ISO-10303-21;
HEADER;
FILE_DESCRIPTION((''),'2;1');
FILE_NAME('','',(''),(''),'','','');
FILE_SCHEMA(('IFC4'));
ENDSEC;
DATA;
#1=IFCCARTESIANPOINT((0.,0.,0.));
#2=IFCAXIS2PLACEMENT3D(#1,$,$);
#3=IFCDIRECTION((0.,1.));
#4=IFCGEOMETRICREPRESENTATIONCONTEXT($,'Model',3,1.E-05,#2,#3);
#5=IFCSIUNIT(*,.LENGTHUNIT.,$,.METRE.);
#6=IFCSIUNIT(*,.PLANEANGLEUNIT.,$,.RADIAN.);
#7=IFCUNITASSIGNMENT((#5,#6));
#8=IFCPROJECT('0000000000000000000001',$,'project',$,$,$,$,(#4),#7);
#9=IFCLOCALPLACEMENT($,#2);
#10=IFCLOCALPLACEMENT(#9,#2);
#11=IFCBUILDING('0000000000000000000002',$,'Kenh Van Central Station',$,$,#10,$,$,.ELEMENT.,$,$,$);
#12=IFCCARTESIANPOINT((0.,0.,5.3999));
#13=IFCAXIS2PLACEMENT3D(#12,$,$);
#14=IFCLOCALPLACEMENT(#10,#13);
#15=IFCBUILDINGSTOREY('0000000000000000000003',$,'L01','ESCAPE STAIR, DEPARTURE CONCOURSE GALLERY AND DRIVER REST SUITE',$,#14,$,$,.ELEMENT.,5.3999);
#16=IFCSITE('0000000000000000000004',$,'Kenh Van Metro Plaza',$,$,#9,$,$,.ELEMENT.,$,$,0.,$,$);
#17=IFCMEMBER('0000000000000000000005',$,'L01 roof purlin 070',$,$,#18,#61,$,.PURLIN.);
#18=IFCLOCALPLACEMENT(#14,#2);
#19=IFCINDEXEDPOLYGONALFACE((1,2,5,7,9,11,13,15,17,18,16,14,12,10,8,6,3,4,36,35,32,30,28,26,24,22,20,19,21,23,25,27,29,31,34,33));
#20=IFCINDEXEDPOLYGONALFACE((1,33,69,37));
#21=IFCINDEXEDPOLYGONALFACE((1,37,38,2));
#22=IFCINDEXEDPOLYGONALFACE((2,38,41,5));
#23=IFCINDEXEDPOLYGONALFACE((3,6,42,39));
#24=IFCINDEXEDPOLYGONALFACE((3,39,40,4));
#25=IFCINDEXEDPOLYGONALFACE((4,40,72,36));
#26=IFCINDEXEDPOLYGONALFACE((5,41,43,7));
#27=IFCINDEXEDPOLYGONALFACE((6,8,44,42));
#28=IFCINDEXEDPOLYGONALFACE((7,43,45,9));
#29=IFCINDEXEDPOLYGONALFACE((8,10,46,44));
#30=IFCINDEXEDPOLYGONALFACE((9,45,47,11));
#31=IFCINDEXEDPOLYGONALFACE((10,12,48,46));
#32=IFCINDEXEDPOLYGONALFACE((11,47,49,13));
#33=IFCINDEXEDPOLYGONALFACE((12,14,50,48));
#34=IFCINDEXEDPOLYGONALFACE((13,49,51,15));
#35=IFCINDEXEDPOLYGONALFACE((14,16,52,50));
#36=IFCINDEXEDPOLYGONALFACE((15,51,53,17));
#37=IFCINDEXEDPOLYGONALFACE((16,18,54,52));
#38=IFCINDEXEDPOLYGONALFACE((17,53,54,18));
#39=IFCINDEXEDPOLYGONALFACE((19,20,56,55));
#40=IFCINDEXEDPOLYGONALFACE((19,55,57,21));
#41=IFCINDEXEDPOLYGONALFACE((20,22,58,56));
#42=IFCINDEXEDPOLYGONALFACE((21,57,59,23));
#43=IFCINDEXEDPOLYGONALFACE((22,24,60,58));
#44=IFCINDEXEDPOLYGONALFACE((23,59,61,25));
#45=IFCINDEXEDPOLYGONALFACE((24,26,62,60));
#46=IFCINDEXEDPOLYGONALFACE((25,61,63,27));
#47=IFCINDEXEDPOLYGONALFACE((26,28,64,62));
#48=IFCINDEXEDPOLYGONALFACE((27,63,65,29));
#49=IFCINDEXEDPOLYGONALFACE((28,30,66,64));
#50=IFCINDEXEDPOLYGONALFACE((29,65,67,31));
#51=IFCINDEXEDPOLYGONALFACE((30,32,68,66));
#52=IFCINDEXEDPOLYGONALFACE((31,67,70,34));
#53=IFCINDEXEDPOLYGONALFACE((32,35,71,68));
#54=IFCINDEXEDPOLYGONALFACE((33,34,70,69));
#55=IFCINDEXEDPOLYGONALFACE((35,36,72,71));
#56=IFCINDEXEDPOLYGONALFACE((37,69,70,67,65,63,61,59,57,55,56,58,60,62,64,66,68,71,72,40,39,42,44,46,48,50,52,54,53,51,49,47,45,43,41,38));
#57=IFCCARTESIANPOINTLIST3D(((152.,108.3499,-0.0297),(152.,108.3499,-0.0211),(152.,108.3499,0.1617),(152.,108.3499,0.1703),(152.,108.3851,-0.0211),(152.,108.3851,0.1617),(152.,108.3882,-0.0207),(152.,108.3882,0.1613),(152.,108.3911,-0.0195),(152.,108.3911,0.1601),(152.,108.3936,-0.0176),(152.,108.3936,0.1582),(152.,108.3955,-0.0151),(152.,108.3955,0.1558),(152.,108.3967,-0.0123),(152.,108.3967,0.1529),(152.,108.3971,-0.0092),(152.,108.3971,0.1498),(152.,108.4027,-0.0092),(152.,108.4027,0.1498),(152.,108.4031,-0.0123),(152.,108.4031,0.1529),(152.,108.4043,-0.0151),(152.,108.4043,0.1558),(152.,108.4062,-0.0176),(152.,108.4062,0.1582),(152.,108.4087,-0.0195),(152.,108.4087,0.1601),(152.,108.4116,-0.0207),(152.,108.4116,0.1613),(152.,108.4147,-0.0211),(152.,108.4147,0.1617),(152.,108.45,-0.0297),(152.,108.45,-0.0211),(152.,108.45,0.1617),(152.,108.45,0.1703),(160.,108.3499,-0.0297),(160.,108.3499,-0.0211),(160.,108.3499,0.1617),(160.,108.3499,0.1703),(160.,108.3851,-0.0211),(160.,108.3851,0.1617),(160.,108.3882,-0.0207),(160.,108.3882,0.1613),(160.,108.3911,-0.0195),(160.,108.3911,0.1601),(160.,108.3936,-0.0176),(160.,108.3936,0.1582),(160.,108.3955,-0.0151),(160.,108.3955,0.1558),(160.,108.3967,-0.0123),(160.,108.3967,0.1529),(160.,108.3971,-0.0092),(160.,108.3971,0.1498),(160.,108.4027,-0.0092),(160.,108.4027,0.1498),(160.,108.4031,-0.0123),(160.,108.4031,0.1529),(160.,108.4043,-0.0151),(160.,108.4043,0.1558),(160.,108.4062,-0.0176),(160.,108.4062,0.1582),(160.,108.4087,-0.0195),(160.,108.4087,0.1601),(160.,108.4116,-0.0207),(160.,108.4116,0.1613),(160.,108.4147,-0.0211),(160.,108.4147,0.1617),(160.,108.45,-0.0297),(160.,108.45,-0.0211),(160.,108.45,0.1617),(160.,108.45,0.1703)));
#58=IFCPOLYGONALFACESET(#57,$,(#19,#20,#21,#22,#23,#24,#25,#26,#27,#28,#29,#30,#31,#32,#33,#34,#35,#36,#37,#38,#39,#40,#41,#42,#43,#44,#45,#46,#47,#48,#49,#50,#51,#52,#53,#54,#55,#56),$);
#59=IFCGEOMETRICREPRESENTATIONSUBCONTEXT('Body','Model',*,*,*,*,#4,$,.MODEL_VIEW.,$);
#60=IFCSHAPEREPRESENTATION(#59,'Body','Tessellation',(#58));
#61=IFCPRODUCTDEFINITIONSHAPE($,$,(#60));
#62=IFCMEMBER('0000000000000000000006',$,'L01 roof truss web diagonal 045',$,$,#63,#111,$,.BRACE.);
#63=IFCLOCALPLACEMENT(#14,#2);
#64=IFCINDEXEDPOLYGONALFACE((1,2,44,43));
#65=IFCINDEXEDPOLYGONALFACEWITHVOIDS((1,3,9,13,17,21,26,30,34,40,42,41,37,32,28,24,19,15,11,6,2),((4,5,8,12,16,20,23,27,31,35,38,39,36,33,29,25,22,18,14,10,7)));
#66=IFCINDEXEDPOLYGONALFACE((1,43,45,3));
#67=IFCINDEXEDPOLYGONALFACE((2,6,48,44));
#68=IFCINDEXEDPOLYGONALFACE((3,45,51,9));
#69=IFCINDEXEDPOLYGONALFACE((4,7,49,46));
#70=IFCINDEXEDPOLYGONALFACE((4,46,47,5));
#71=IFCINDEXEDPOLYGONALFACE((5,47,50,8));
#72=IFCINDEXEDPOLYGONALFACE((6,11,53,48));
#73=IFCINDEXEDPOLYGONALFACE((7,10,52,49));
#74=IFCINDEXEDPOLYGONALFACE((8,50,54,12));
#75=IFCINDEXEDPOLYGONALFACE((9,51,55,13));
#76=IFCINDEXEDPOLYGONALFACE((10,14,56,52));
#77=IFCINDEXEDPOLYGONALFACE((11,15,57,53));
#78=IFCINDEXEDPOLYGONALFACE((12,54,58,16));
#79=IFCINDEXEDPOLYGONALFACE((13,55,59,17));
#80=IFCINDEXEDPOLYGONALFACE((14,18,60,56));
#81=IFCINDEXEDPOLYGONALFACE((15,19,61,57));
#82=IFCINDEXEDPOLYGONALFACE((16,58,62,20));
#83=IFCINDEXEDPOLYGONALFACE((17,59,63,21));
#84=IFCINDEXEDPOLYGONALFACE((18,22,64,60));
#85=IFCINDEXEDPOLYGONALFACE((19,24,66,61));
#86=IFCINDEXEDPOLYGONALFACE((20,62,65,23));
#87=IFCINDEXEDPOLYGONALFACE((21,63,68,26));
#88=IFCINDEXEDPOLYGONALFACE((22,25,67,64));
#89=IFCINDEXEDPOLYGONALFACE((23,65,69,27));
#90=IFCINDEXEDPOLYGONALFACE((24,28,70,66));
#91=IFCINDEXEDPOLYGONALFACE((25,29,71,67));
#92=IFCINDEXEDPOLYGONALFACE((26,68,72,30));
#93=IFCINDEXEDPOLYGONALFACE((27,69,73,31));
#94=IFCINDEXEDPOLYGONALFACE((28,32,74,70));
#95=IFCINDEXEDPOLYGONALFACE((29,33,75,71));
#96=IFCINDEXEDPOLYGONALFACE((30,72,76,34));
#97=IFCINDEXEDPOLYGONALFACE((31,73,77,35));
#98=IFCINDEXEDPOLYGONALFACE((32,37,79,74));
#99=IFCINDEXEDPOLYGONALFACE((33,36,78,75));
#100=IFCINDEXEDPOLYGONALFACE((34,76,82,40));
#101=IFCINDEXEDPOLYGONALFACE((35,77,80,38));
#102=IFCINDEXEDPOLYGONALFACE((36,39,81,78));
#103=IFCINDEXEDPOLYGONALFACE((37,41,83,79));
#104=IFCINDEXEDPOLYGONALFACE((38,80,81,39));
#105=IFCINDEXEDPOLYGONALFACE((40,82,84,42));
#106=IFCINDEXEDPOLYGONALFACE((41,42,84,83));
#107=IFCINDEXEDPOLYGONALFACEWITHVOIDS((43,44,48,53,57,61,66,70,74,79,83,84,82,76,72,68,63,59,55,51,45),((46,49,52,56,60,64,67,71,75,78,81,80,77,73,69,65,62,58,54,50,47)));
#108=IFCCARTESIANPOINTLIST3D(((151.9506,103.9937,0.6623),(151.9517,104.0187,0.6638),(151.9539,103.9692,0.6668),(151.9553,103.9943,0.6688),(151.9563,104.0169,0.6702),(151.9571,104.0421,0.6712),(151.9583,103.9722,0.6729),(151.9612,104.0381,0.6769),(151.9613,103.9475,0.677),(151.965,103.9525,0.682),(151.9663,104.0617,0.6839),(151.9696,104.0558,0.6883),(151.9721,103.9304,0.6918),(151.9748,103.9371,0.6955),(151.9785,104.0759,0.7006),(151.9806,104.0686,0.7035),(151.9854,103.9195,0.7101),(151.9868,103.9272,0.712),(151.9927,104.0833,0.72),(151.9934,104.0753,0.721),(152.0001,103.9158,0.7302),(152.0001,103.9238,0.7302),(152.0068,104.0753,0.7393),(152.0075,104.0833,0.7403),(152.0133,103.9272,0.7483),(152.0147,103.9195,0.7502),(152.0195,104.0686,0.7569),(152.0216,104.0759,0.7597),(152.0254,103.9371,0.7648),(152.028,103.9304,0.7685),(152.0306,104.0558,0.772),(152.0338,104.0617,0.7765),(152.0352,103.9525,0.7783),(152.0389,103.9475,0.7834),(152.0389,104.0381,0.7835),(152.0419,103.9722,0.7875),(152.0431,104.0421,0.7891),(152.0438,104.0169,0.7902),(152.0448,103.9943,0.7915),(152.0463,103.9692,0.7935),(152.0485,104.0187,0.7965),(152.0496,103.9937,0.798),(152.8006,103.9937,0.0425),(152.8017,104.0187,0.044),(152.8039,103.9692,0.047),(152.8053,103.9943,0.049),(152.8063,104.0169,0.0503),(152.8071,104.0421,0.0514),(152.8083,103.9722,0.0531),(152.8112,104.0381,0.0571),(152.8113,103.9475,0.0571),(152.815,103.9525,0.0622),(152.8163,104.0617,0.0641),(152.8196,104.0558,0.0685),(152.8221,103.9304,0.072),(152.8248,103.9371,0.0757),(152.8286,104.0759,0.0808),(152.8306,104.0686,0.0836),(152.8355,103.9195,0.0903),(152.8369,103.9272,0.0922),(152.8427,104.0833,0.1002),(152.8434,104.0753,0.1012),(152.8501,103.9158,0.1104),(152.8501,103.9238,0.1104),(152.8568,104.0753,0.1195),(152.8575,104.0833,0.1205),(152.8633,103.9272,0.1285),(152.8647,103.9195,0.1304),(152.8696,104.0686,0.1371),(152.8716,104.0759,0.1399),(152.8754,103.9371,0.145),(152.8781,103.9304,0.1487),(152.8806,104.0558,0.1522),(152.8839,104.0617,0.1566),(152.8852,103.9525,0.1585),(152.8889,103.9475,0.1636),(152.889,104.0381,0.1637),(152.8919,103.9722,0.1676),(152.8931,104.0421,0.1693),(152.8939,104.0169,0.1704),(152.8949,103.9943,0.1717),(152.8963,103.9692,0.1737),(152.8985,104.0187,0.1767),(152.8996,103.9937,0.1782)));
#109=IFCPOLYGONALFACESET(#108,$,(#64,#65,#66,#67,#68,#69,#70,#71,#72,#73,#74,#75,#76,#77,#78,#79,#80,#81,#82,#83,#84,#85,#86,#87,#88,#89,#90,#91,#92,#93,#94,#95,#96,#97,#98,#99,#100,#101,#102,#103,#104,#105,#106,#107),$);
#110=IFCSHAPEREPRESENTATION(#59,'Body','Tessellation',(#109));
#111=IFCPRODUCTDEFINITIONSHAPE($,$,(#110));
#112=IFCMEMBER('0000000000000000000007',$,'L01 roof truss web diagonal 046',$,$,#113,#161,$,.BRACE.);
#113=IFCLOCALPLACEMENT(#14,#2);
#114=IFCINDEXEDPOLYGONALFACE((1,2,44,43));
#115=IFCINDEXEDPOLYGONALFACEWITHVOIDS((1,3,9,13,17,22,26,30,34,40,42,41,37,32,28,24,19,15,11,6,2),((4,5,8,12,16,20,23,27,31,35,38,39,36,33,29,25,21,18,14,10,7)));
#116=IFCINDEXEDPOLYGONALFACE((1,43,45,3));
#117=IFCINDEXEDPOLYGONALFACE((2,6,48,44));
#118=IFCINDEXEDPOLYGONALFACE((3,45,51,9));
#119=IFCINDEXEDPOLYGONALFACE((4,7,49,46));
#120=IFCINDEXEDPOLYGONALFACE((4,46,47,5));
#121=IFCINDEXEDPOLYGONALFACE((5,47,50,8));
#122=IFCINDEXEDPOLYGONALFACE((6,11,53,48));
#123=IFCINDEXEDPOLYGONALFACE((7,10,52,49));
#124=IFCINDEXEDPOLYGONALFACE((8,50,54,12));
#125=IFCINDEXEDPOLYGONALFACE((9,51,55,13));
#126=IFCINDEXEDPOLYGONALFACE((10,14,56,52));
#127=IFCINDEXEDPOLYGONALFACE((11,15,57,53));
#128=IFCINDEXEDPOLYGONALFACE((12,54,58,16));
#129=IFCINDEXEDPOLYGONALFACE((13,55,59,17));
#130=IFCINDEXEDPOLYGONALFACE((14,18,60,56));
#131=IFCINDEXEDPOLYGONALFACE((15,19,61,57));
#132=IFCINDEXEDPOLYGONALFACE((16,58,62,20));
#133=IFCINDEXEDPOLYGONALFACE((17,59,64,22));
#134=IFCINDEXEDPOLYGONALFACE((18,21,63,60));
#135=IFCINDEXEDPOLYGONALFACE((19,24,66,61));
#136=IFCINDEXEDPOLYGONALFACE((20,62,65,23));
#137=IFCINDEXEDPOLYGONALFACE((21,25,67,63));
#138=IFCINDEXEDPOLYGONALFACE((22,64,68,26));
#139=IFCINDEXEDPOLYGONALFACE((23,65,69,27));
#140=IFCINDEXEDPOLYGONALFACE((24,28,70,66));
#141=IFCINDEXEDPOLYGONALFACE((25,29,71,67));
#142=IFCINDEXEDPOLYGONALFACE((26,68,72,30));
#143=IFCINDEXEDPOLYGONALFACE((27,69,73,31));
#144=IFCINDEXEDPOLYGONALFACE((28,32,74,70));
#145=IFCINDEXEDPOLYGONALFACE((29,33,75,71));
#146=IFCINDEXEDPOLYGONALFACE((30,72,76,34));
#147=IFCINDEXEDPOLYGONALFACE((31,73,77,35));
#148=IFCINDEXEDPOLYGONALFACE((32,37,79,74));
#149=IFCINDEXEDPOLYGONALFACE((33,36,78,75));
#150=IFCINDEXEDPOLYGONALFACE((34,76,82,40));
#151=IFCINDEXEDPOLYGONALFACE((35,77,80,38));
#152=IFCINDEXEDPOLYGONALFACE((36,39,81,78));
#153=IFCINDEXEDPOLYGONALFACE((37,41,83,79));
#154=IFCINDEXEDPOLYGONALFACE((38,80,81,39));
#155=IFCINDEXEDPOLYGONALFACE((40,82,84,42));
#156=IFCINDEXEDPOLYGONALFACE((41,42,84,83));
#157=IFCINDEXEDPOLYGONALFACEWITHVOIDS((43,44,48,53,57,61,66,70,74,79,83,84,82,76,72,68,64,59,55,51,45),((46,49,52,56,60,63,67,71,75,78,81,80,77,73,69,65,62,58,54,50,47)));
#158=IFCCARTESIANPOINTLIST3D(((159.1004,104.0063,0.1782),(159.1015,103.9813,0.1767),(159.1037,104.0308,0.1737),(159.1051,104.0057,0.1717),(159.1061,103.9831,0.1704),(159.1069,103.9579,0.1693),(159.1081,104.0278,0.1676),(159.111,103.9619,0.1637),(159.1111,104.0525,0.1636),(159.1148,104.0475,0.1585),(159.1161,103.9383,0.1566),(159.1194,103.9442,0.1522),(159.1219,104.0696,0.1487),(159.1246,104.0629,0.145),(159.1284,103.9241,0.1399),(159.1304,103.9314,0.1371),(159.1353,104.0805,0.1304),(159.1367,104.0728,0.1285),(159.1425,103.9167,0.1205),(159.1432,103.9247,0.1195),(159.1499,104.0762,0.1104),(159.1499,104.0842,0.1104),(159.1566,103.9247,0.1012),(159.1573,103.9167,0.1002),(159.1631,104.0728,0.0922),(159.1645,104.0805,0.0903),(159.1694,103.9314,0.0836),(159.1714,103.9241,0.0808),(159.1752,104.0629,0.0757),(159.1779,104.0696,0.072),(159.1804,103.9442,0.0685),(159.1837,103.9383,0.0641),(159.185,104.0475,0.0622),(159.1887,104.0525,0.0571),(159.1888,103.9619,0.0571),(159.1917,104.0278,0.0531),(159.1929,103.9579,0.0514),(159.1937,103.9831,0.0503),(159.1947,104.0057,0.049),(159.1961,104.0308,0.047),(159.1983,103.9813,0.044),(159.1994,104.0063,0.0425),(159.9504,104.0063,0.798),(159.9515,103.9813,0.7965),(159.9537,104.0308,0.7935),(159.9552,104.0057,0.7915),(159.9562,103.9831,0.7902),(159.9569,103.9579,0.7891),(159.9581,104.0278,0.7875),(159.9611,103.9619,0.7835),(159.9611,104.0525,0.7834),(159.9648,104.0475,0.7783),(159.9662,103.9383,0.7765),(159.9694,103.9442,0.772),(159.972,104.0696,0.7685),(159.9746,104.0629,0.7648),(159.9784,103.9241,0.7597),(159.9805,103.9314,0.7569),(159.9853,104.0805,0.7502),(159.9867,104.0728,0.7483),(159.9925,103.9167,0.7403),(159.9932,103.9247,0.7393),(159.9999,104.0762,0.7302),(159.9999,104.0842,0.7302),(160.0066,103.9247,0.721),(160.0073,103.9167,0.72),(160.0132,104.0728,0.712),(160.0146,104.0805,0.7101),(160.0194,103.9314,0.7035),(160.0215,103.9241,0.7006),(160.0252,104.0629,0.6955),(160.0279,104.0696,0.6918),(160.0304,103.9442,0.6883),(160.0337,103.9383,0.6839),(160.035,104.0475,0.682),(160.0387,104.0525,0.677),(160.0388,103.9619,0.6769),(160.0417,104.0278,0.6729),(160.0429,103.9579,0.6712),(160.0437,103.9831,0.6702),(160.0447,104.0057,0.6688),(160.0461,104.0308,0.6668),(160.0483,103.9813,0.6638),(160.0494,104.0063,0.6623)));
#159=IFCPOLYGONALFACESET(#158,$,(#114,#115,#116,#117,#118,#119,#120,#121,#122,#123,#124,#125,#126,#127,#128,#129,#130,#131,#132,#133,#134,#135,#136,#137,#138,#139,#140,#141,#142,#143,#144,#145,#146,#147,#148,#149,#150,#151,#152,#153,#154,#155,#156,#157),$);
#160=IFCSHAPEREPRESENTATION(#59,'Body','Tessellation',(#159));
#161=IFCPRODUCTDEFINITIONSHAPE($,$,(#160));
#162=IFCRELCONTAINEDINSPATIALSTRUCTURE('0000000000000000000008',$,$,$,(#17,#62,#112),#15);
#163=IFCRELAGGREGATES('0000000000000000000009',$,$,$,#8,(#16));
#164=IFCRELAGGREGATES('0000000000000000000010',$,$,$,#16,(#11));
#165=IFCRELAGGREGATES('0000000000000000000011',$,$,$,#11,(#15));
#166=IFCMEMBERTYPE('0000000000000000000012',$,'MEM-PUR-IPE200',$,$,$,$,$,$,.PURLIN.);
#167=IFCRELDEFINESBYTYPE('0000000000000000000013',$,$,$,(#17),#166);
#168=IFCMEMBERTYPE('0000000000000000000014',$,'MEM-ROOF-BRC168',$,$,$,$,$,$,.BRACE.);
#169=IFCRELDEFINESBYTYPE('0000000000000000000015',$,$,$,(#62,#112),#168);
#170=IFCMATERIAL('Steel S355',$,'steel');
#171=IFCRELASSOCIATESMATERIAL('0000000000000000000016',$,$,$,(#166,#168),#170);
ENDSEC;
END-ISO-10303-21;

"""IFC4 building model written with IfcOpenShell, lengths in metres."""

from ifc_helpers import new_model, si_unit, direction, frame, origin, origin_2d, place, context, subcontext, project, spatial, hollow_circle, i_section, extrude, material, material_profile, profile_set, type_object, element, save


model = new_model("IFC4")

# Units and contexts
model_context = context("Model", 3, precision=1e-05, world=origin(), true_north=direction((0.0, 1.0)))
body_context = subcontext(model_context, "Body", "Model", "MODEL_VIEW")
ifc_project = project(units=[si_unit("LENGTHUNIT", "METRE"), si_unit("PLANEANGLEUNIT", "RADIAN")], contexts=[model_context])

# Site, building, storey
site_placement = place(None, origin())
site = spatial("IfcSite", under=ifc_project, at=site_placement, Name="Kenh Van Metro Plaza", CompositionType="ELEMENT", RefElevation=0.0)
building_placement = place(site_placement, origin())
building = spatial("IfcBuilding", under=site, at=building_placement, Name="Kenh Van Central Station", CompositionType="ELEMENT")
storey_placement = place(building_placement, frame((0.0, 0.0, 5.3999)))
storey = spatial("IfcBuildingStorey", under=building, at=storey_placement, Name="L01", Description="ESCAPE STAIR, DEPARTURE CONCOURSE GALLERY AND DRIVER REST SUITE", CompositionType="ELEMENT", Elevation=5.3999)

# Shared definitions
ifc_material_1 = material(Name="Steel S355", Category="steel")

# Members
ifc_material_profile_1 = material_profile(ifc_material_1, i_section(OverallWidth=0.1001, OverallDepth=0.2, WebThickness=0.0056, FlangeThickness=0.0085, FilletRadius=0.012, at=origin_2d()), Name="IPE 200")
ifc_profile_set_1 = profile_set([ifc_material_profile_1], Name="Steel S355")
member_type_1 = type_object("IfcMemberType", Name="MEM-PUR-IPE200", PredefinedType="PURLIN", material=ifc_profile_set_1)
for number, where, z_axis, x_axis, name in (
    (1, (152.0, 108.3999, 0.0703), (1.0, 0.0, 0.0), (0.0, 1.0, 0.0), "L01 roof purlin 070"),
):
    element("IfcMember", number, at=place(storey_placement, frame(where, z_axis=z_axis, x_axis=x_axis)), inside=storey, type_object=member_type_1, Name=name, PredefinedType="PURLIN", context=body_context, shape_type="SweptSolid", body=[
        extrude(i_section(OverallWidth=0.1001, OverallDepth=0.2, WebThickness=0.0056, FlangeThickness=0.0085, FilletRadius=0.012, at=origin_2d()), origin(), (0.0, 0.0, 1.0), 8.0),
    ])
ifc_material_profile_2 = material_profile(ifc_material_1, hollow_circle(Radius=0.0842, WallThickness=0.0081, at=origin_2d()), Name="CHS 168.3x8")
ifc_profile_set_2 = profile_set([ifc_material_profile_2], Name="Steel S355")
member_type_2 = type_object("IfcMemberType", Name="MEM-ROOF-BRC168", PredefinedType="BRACE", material=ifc_profile_set_2)
for number, where, z_axis, x_axis, name in (
    (2, (152.8501, 104.0, 0.1104), (-0.808003, 0.0, 0.589178), (0.0, -1.0, 0.0), "L01 roof truss web diagonal 045"),
    (3, (159.1499, 104.0, 0.1104), (0.808003, 0.0, 0.589178), (0.0, 1.0, 0.0), "L01 roof truss web diagonal 046"),
):
    element("IfcMember", number, at=place(storey_placement, frame(where, z_axis=z_axis, x_axis=x_axis)), inside=storey, type_object=member_type_2, Name=name, PredefinedType="BRACE", context=body_context, shape_type="SweptSolid", body=[
        extrude(hollow_circle(Radius=0.0842, WallThickness=0.0081, at=origin_2d()), origin(), (0.0, 0.0, 1.0), 1.052),
    ])

save(model, "model.ifc")
